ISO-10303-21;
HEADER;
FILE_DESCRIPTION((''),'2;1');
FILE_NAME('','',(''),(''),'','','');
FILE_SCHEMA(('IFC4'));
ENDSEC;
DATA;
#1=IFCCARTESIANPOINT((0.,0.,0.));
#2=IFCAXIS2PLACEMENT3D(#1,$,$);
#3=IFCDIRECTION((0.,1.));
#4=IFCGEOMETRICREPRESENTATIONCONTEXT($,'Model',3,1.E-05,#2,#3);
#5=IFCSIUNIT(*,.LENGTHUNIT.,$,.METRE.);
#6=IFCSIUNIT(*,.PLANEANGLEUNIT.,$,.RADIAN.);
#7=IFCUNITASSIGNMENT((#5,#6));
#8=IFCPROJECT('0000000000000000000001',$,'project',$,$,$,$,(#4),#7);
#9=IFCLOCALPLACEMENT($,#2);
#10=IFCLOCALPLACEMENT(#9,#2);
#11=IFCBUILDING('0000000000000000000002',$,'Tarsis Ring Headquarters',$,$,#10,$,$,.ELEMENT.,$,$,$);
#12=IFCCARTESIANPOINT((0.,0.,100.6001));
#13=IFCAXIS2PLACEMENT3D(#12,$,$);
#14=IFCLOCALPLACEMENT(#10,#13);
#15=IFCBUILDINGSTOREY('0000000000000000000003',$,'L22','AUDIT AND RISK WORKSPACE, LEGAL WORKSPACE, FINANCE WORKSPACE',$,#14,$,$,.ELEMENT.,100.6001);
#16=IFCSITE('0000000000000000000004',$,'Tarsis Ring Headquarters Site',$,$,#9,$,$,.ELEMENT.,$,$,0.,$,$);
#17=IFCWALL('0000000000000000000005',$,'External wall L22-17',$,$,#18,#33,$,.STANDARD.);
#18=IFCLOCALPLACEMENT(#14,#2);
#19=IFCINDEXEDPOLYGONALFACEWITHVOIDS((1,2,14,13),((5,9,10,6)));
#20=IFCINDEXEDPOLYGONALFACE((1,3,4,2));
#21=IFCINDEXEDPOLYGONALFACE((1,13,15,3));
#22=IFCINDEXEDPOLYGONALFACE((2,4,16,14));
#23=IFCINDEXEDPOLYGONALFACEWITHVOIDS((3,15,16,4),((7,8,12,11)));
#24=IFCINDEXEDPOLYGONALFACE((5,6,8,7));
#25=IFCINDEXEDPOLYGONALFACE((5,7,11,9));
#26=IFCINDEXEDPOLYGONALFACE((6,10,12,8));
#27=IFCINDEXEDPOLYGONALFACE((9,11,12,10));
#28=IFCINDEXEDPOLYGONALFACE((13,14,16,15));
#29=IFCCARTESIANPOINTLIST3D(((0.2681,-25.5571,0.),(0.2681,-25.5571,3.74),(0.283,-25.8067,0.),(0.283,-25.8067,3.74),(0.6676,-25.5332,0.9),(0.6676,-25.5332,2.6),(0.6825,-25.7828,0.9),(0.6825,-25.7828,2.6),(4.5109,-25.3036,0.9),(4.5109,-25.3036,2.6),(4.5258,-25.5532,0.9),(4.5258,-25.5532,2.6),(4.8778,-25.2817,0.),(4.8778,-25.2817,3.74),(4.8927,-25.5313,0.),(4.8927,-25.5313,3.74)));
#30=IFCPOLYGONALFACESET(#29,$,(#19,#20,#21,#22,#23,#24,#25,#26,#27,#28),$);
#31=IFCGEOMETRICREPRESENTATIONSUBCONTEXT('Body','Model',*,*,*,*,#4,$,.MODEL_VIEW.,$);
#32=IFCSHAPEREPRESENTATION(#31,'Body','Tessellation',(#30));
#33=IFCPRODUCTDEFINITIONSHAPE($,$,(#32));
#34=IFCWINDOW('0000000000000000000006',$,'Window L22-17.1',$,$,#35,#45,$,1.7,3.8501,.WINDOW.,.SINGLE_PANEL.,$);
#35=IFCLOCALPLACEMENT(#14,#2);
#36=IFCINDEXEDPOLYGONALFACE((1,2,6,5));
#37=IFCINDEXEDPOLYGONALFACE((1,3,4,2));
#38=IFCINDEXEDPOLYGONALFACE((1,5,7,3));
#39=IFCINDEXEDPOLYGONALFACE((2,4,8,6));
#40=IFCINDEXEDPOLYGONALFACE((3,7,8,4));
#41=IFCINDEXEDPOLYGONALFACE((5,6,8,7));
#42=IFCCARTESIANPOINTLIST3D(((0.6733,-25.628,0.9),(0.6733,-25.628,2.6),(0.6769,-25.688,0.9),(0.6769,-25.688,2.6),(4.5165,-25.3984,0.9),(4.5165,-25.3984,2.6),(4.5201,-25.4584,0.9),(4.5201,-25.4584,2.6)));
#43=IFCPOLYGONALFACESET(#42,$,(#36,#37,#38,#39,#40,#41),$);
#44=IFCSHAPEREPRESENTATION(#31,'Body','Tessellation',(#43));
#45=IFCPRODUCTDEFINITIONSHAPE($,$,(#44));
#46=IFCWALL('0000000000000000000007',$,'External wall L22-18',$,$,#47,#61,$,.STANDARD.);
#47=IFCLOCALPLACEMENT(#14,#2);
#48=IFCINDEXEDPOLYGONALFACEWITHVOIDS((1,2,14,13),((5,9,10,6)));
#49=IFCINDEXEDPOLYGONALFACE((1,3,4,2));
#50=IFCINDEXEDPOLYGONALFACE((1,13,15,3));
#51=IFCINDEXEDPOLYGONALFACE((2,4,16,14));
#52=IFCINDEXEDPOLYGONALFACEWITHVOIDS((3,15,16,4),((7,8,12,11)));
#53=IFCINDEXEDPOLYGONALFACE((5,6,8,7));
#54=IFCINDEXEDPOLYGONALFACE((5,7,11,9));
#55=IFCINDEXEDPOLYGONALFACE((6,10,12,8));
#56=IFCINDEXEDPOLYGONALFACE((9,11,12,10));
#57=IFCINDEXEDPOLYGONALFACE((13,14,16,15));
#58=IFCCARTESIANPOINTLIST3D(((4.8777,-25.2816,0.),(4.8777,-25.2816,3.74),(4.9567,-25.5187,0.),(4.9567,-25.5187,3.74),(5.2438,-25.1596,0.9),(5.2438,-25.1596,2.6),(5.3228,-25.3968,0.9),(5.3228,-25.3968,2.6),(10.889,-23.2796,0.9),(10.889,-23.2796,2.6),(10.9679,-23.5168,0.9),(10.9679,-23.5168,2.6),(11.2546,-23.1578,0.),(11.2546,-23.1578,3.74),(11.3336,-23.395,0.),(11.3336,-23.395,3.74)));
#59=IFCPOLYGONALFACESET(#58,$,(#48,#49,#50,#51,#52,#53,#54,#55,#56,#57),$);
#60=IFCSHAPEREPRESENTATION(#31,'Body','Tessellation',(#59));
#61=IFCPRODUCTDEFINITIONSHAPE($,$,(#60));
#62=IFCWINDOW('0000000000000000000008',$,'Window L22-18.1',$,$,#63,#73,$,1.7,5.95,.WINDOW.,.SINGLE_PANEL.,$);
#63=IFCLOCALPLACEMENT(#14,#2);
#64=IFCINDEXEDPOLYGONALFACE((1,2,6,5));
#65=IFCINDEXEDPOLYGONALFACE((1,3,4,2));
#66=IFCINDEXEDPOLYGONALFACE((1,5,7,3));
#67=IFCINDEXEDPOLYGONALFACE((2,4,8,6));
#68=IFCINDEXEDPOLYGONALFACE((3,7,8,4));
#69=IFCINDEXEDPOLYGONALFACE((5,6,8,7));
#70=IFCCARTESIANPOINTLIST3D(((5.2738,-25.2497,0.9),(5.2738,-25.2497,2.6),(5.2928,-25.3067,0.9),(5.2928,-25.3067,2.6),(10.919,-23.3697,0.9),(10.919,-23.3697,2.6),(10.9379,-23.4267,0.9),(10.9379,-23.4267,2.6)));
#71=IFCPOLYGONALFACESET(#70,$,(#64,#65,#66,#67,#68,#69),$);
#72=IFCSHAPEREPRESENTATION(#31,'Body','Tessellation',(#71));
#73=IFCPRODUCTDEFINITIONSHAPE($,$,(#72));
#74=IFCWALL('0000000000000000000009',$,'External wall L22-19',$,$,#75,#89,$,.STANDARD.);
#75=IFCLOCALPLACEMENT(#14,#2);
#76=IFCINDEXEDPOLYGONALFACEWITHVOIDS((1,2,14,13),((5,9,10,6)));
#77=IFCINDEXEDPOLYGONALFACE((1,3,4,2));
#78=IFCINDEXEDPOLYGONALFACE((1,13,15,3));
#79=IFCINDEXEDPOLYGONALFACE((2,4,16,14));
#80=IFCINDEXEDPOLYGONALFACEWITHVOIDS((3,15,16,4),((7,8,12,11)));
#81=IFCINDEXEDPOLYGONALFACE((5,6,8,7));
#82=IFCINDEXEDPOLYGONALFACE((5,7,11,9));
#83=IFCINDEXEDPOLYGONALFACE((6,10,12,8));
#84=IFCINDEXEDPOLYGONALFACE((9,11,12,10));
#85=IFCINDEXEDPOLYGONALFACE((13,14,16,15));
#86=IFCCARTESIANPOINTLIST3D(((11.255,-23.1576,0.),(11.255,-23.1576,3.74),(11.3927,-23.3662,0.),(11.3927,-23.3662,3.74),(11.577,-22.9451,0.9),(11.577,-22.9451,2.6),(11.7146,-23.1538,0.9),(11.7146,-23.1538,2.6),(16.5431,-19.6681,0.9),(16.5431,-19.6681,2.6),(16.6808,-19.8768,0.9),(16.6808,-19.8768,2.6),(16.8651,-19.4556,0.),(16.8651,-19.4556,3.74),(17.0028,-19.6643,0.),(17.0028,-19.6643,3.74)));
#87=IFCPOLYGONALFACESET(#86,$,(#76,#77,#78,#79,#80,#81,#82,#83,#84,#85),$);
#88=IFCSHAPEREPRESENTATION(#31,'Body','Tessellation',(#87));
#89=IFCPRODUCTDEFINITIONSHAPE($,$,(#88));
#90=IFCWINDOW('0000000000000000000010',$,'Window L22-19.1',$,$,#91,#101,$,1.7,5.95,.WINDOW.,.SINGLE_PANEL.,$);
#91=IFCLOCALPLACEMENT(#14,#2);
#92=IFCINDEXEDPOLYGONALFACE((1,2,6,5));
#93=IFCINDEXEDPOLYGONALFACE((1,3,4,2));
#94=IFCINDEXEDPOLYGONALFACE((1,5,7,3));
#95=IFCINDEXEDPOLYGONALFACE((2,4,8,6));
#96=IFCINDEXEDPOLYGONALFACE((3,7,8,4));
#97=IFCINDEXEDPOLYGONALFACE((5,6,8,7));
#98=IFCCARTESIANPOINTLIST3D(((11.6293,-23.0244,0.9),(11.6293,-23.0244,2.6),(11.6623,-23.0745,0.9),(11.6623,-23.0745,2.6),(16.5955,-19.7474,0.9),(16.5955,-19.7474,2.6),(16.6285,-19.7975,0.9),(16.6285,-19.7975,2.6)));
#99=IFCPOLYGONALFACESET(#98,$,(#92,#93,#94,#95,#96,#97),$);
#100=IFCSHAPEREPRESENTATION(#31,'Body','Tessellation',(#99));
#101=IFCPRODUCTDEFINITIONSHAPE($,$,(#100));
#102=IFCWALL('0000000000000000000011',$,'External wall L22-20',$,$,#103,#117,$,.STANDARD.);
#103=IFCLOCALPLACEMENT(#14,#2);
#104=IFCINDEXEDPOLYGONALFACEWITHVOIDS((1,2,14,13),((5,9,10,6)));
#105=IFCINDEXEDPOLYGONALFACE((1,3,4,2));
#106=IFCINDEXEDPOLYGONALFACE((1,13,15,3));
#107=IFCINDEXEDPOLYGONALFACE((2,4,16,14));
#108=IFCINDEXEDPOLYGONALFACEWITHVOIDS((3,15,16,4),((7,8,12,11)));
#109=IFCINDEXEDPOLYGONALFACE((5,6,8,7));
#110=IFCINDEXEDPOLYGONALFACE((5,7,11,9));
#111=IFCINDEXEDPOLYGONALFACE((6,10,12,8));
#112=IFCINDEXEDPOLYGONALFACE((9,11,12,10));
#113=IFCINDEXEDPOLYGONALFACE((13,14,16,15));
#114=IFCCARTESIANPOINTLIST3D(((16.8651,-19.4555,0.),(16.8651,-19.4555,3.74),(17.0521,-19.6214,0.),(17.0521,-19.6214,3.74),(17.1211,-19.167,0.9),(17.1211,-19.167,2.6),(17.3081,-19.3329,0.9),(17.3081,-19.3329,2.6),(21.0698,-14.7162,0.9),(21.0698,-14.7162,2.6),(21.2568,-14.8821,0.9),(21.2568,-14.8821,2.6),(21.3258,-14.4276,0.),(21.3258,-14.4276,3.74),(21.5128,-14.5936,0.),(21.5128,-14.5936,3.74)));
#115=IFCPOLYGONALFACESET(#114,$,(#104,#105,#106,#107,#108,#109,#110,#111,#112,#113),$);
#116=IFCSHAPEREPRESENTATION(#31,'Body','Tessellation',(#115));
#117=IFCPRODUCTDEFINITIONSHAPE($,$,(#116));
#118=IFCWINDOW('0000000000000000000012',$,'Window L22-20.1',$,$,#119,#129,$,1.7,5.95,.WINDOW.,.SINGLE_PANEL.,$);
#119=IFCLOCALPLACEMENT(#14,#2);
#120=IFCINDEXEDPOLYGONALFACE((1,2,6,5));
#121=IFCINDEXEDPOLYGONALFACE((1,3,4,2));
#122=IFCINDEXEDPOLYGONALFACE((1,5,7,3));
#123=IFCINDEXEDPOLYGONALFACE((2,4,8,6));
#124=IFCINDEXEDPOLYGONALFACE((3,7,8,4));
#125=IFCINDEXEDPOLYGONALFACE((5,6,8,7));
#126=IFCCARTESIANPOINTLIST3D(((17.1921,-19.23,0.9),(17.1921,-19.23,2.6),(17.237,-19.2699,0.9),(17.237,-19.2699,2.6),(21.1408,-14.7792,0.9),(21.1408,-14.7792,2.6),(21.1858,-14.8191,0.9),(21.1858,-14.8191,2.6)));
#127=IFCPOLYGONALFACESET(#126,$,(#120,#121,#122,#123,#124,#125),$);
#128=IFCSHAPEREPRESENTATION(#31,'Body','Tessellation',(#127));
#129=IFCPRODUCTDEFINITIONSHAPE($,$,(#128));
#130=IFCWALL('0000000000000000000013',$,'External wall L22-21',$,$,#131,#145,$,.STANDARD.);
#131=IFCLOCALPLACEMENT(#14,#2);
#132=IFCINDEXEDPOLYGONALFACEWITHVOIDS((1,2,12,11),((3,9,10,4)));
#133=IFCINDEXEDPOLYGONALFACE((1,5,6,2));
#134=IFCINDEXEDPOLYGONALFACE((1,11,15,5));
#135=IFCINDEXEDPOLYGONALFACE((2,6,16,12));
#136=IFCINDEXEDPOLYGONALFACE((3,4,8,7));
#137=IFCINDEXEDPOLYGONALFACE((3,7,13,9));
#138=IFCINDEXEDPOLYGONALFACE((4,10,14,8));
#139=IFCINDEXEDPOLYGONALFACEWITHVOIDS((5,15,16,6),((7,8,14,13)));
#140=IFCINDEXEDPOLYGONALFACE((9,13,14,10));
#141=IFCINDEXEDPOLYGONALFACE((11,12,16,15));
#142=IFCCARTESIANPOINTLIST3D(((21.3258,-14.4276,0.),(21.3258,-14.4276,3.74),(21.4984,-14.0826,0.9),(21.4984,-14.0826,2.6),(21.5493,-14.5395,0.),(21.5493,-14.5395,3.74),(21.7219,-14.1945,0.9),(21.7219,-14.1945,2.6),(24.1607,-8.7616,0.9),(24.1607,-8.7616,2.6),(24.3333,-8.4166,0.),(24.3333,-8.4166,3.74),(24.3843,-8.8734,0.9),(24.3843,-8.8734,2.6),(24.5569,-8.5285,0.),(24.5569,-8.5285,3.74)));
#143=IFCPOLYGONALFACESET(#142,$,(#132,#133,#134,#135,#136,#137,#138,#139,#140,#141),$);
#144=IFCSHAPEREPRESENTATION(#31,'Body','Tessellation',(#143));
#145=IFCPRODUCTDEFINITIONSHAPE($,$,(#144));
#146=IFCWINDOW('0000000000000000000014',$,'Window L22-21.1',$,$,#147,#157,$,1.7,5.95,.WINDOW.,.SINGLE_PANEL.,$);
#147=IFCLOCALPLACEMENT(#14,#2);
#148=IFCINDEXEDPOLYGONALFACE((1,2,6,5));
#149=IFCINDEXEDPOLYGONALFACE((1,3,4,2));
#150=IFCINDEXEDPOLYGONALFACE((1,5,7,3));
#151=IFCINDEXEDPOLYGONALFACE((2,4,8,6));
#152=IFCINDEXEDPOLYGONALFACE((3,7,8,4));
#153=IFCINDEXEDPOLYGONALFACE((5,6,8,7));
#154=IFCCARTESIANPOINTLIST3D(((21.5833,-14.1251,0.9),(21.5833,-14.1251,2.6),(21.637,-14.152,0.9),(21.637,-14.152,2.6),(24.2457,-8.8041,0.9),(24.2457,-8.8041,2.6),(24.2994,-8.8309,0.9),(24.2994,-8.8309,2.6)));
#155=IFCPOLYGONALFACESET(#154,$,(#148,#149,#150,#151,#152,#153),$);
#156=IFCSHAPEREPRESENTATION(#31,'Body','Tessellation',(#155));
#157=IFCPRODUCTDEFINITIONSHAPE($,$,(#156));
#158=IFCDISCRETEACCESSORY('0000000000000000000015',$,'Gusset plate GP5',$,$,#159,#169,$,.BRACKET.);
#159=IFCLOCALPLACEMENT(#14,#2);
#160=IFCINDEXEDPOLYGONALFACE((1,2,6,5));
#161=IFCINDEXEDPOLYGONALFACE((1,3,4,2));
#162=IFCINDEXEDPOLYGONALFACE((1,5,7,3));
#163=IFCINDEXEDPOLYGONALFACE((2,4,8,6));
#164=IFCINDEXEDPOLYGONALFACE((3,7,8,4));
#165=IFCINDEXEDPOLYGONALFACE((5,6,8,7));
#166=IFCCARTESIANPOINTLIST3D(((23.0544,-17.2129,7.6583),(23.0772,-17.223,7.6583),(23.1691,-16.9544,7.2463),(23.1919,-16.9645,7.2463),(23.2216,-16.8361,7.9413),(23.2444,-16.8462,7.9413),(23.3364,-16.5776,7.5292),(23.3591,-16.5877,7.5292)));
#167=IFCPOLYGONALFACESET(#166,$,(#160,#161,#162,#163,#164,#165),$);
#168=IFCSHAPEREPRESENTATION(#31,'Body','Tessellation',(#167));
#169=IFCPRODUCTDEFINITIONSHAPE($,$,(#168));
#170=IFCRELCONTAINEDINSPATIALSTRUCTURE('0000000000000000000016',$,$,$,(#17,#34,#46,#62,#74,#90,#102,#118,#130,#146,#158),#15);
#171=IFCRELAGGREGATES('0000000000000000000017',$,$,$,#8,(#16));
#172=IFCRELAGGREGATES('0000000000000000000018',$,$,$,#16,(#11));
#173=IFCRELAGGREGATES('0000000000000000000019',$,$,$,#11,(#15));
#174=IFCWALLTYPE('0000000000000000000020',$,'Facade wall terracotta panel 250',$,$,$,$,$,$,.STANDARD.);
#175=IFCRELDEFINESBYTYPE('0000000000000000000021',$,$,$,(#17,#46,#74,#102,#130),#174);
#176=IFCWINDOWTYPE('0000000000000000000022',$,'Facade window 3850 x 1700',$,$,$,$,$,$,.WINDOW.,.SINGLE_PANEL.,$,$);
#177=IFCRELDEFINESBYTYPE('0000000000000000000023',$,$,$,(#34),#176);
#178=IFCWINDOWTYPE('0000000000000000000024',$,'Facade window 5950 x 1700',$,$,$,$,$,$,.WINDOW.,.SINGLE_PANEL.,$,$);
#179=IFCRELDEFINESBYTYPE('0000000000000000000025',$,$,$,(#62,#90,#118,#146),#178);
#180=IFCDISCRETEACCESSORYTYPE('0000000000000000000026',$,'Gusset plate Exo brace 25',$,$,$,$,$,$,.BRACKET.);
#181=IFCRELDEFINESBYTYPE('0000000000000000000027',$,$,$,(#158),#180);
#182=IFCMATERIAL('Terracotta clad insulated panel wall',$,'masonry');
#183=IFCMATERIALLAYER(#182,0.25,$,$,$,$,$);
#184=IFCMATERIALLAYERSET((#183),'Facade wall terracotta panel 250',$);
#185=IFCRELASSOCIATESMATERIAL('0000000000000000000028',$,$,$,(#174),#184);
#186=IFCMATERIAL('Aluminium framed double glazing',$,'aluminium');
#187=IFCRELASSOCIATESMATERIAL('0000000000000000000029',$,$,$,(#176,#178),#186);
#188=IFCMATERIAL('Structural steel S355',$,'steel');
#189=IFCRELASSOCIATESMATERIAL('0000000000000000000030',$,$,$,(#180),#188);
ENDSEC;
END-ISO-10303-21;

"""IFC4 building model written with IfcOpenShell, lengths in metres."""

from ifc_helpers import new_model, si_unit, direction, frame, frame_2d, origin, origin_2d, place, context, subcontext, project, spatial, rectangle, extrude, material, layer, layer_set, material_profile, profile_set, type_object, element, fill, save


model = new_model("IFC4")

# Units and contexts
model_context = context("Model", 3, precision=1e-05, world=origin(), true_north=direction((0.0, 1.0)))
body_context = subcontext(model_context, "Body", "Model", "MODEL_VIEW")
ifc_project = project(units=[si_unit("LENGTHUNIT", "METRE"), si_unit("PLANEANGLEUNIT", "RADIAN")], contexts=[model_context])

# Site, building, storey
site_placement = place(None, origin())
site = spatial("IfcSite", under=ifc_project, at=site_placement, Name="Tarsis Ring Headquarters Site", CompositionType="ELEMENT", RefElevation=0.0)
building_placement = place(site_placement, origin())
building = spatial("IfcBuilding", under=site, at=building_placement, Name="Tarsis Ring Headquarters", CompositionType="ELEMENT")
storey_placement = place(building_placement, frame((0.0, 0.0, 100.6001)))
storey = spatial("IfcBuildingStorey", under=building, at=storey_placement, Name="L22", Description="AUDIT AND RISK WORKSPACE, LEGAL WORKSPACE, FINANCE WORKSPACE", CompositionType="ELEMENT", Elevation=100.6001)

# Shared definitions
ifc_material_1 = material(Name="Structural steel S355", Category="steel")

# Walls, openings, windows
ifc_material_2 = material(Name="Terracotta clad insulated panel wall", Category="masonry")
ifc_layer_1 = layer(ifc_material_2, 0.25)
ifc_layer_set_1 = layer_set([ifc_layer_1], Name="Facade wall terracotta panel 250")
wall_type_1 = type_object("IfcWallType", Name="Facade wall terracotta panel 250", PredefinedType="STANDARD", material=ifc_layer_set_1)
wall_1_placement = place(storey_placement, frame((0.2754, -25.6819, 0.0), z_axis=(0.0, 0.0, 1.0), x_axis=(0.99822, 0.059636, 0.0)))
wall_1 = element("IfcWall", 1, at=wall_1_placement, inside=storey, type_object=wall_type_1, Name="External wall L22-17", PredefinedType="STANDARD", context=body_context, shape_type="SweptSolid", body=[
    extrude(rectangle(XDim=4.6179, YDim=0.25, at=frame_2d((2.3091, 0.0))), origin(), (0.0, 0.0, 1.0), 3.74),
])
opening_1_placement = place(wall_1_placement, frame((0.4004, 0.0, 0.8999)))
opening_1 = element("IfcOpeningElement", 2, at=opening_1_placement, cuts=wall_1, PredefinedType="OPENING", context=body_context, shape_type="SweptSolid", body=[
    extrude(rectangle(XDim=3.8501, YDim=1.7, at=frame_2d((1.925, 0.8501))), frame((0.0, 0.135, 0.0), z_axis=(0.0, -1.0, 0.0), x_axis=(1.0, 0.0, 0.0)), (0.0, 0.0, 1.0), 0.27),
])
ifc_material_3 = material(Name="Aluminium framed double glazing", Category="aluminium")
window_type_1 = type_object("IfcWindowType", Name="Facade window 3850 x 1700", PartitioningType="SINGLE_PANEL", PredefinedType="WINDOW", material=ifc_material_3)
window_1_placement = place(opening_1_placement, origin())
window_1 = element("IfcWindow", 3, at=window_1_placement, inside=storey, type_object=window_type_1, Name="Window L22-17.1", OverallHeight=1.7, OverallWidth=3.8501, PartitioningType="SINGLE_PANEL", PredefinedType="WINDOW", context=body_context, shape_type="SweptSolid", body=[
    extrude(rectangle(XDim=3.8501, YDim=1.7, at=frame_2d((1.925, 0.8501))), frame((0.0, 0.03, 0.0), z_axis=(0.0, -1.0, 0.0), x_axis=(1.0, 0.0, 0.0)), (0.0, 0.0, 1.0), 0.0601),
])
fill(opening_1, window_1)
wall_2_placement = place(storey_placement, frame((4.9172, -25.4001, 0.0), z_axis=(0.0, 0.0, 1.0), x_axis=(0.948767, 0.315977, 0.0)))
wall_2 = element("IfcWall", 4, at=wall_2_placement, inside=storey, type_object=wall_type_1, Name="External wall L22-18", PredefinedType="STANDARD", context=body_context, shape_type="SweptSolid", body=[
    extrude(rectangle(XDim=6.7212, YDim=0.25, at=frame_2d((3.3606, 0.0))), origin(), (0.0, 0.0, 1.0), 3.74),
])
opening_2_placement = place(wall_2_placement, frame((0.3857, 0.0, 0.8999)))
opening_2 = element("IfcOpeningElement", 5, at=opening_2_placement, cuts=wall_2, PredefinedType="OPENING", context=body_context, shape_type="SweptSolid", body=[
    extrude(rectangle(XDim=5.95, YDim=1.7, at=frame_2d((2.9751, 0.8501))), frame((0.0, 0.135, 0.0), z_axis=(0.0, -1.0, 0.0), x_axis=(1.0, 0.0, 0.0)), (0.0, 0.0, 1.0), 0.27),
])
window_type_2 = type_object("IfcWindowType", Name="Facade window 5950 x 1700", PartitioningType="SINGLE_PANEL", PredefinedType="WINDOW", material=ifc_material_3)
window_2_placement = place(opening_2_placement, origin())
window_2 = element("IfcWindow", 6, at=window_2_placement, inside=storey, type_object=window_type_2, Name="Window L22-18.1", OverallHeight=1.7, OverallWidth=5.95, PartitioningType="SINGLE_PANEL", PredefinedType="WINDOW", context=body_context, shape_type="SweptSolid", body=[
    extrude(rectangle(XDim=5.95, YDim=1.7, at=frame_2d((2.9751, 0.8501))), frame((0.0, 0.03, 0.0), z_axis=(0.0, -1.0, 0.0), x_axis=(1.0, 0.0, 0.0)), (0.0, 0.0, 1.0), 0.0601),
])
fill(opening_2, window_2)
wall_3_placement = place(storey_placement, frame((11.3237, -23.262, 0.0), z_axis=(0.0, 0.0, 1.0), x_axis=(0.834662, 0.550763, 0.0)))
wall_3 = element("IfcWall", 7, at=wall_3_placement, inside=storey, type_object=wall_type_1, Name="External wall L22-19", PredefinedType="STANDARD", context=body_context, shape_type="SweptSolid", body=[
    extrude(rectangle(XDim=6.7214, YDim=0.25, at=frame_2d((3.3608, 0.0))), origin(), (0.0, 0.0, 1.0), 3.74),
])
opening_3_placement = place(wall_3_placement, frame((0.3857, 0.0, 0.8999)))
opening_3 = element("IfcOpeningElement", 8, at=opening_3_placement, cuts=wall_3, PredefinedType="OPENING", context=body_context, shape_type="SweptSolid", body=[
    extrude(rectangle(XDim=5.95, YDim=1.7, at=frame_2d((2.9751, 0.8501))), frame((0.0, 0.135, 0.0), z_axis=(0.0, -1.0, 0.0), x_axis=(1.0, 0.0, 0.0)), (0.0, 0.0, 1.0), 0.27),
])
window_3_placement = place(opening_3_placement, origin())
window_3 = element("IfcWindow", 9, at=window_3_placement, inside=storey, type_object=window_type_2, Name="Window L22-19.1", OverallHeight=1.7, OverallWidth=5.95, PartitioningType="SINGLE_PANEL", PredefinedType="WINDOW", context=body_context, shape_type="SweptSolid", body=[
    extrude(rectangle(XDim=5.95, YDim=1.7, at=frame_2d((2.9751, 0.8501))), frame((0.0, 0.03, 0.0), z_axis=(0.0, -1.0, 0.0), x_axis=(1.0, 0.0, 0.0)), (0.0, 0.0, 1.0), 0.0601),
])
fill(opening_3, window_3)
wall_4_placement = place(storey_placement, frame((16.9585, -19.5386, 0.0), z_axis=(0.0, 0.0, 1.0), x_axis=(0.663658, 0.748036, 0.0)))
wall_4 = element("IfcWall", 10, at=wall_4_placement, inside=storey, type_object=wall_type_1, Name="External wall L22-20", PredefinedType="STANDARD", context=body_context, shape_type="SweptSolid", body=[
    extrude(rectangle(XDim=6.7214, YDim=0.25, at=frame_2d((3.3608, 0.0))), origin(), (0.0, 0.0, 1.0), 3.74),
])
opening_4_placement = place(wall_4_placement, frame((0.3857, 0.0, 0.8999)))
opening_4 = element("IfcOpeningElement", 11, at=opening_4_placement, cuts=wall_4, PredefinedType="OPENING", context=body_context, shape_type="SweptSolid", body=[
    extrude(rectangle(XDim=5.95, YDim=1.7, at=frame_2d((2.9751, 0.8501))), frame((0.0, 0.135, 0.0), z_axis=(0.0, -1.0, 0.0), x_axis=(1.0, 0.0, 0.0)), (0.0, 0.0, 1.0), 0.27),
])
window_4_placement = place(opening_4_placement, origin())
window_4 = element("IfcWindow", 12, at=window_4_placement, inside=storey, type_object=window_type_2, Name="Window L22-20.1", OverallHeight=1.7, OverallWidth=5.95, PartitioningType="SINGLE_PANEL", PredefinedType="WINDOW", context=body_context, shape_type="SweptSolid", body=[
    extrude(rectangle(XDim=5.95, YDim=1.7, at=frame_2d((2.9751, 0.8501))), frame((0.0, 0.03, 0.0), z_axis=(0.0, -1.0, 0.0), x_axis=(1.0, 0.0, 0.0)), (0.0, 0.0, 1.0), 0.0601),
])
fill(opening_4, window_4)
wall_5_placement = place(storey_placement, frame((21.4375, -14.4836, 0.0), z_axis=(0.0, 0.0, 1.0), x_axis=(0.447461, 0.894304, 0.0)))
wall_5 = element("IfcWall", 13, at=wall_5_placement, inside=storey, type_object=wall_type_1, Name="External wall L22-21", PredefinedType="STANDARD", context=body_context, shape_type="SweptSolid", body=[
    extrude(rectangle(XDim=6.7214, YDim=0.25, at=frame_2d((3.3608, 0.0))), origin(), (0.0, 0.0, 1.0), 3.74),
])
opening_5_placement = place(wall_5_placement, frame((0.3857, 0.0, 0.8999)))
opening_5 = element("IfcOpeningElement", 14, at=opening_5_placement, cuts=wall_5, PredefinedType="OPENING", context=body_context, shape_type="SweptSolid", body=[
    extrude(rectangle(XDim=5.95, YDim=1.7, at=frame_2d((2.9751, 0.8501))), frame((0.0, 0.135, 0.0), z_axis=(0.0, -1.0, 0.0), x_axis=(1.0, 0.0, 0.0)), (0.0, 0.0, 1.0), 0.27),
])
window_5_placement = place(opening_5_placement, origin())
window_5 = element("IfcWindow", 15, at=window_5_placement, inside=storey, type_object=window_type_2, Name="Window L22-21.1", OverallHeight=1.7, OverallWidth=5.95, PartitioningType="SINGLE_PANEL", PredefinedType="WINDOW", context=body_context, shape_type="SweptSolid", body=[
    extrude(rectangle(XDim=5.95, YDim=1.7, at=frame_2d((2.9751, 0.8501))), frame((0.0, 0.03, 0.0), z_axis=(0.0, -1.0, 0.0), x_axis=(1.0, 0.0, 0.0)), (0.0, 0.0, 1.0), 0.0601),
])
fill(opening_5, window_5)

# Discrete accessory
ifc_material_profile_1 = material_profile(ifc_material_1, rectangle(XDim=0.0249, YDim=0.5, at=origin_2d()), Name="PL 25x500")
ifc_profile_set_1 = profile_set([ifc_material_profile_1], Name="Structural steel S355")
discrete_accessory_type = type_object("IfcDiscreteAccessoryType", Name="Gusset plate Exo brace 25", PredefinedType="BRACKET", material=ifc_profile_set_1)
discrete_accessory_placement = place(storey_placement, frame((23.1494, -17.0295, 7.7998), z_axis=(0.229563, 0.517249, -0.824472), x_axis=(-0.914025, 0.405658, 0.0)))
element("IfcDiscreteAccessory", 16, at=discrete_accessory_placement, inside=storey, type_object=discrete_accessory_type, Name="Gusset plate GP5", PredefinedType="BRACKET", context=body_context, shape_type="SweptSolid", body=[
    extrude(rectangle(XDim=0.0249, YDim=0.5, at=origin_2d()), origin(), (0.0, 0.0, 1.0), 0.4998),
])

save(model, "model.ifc")
